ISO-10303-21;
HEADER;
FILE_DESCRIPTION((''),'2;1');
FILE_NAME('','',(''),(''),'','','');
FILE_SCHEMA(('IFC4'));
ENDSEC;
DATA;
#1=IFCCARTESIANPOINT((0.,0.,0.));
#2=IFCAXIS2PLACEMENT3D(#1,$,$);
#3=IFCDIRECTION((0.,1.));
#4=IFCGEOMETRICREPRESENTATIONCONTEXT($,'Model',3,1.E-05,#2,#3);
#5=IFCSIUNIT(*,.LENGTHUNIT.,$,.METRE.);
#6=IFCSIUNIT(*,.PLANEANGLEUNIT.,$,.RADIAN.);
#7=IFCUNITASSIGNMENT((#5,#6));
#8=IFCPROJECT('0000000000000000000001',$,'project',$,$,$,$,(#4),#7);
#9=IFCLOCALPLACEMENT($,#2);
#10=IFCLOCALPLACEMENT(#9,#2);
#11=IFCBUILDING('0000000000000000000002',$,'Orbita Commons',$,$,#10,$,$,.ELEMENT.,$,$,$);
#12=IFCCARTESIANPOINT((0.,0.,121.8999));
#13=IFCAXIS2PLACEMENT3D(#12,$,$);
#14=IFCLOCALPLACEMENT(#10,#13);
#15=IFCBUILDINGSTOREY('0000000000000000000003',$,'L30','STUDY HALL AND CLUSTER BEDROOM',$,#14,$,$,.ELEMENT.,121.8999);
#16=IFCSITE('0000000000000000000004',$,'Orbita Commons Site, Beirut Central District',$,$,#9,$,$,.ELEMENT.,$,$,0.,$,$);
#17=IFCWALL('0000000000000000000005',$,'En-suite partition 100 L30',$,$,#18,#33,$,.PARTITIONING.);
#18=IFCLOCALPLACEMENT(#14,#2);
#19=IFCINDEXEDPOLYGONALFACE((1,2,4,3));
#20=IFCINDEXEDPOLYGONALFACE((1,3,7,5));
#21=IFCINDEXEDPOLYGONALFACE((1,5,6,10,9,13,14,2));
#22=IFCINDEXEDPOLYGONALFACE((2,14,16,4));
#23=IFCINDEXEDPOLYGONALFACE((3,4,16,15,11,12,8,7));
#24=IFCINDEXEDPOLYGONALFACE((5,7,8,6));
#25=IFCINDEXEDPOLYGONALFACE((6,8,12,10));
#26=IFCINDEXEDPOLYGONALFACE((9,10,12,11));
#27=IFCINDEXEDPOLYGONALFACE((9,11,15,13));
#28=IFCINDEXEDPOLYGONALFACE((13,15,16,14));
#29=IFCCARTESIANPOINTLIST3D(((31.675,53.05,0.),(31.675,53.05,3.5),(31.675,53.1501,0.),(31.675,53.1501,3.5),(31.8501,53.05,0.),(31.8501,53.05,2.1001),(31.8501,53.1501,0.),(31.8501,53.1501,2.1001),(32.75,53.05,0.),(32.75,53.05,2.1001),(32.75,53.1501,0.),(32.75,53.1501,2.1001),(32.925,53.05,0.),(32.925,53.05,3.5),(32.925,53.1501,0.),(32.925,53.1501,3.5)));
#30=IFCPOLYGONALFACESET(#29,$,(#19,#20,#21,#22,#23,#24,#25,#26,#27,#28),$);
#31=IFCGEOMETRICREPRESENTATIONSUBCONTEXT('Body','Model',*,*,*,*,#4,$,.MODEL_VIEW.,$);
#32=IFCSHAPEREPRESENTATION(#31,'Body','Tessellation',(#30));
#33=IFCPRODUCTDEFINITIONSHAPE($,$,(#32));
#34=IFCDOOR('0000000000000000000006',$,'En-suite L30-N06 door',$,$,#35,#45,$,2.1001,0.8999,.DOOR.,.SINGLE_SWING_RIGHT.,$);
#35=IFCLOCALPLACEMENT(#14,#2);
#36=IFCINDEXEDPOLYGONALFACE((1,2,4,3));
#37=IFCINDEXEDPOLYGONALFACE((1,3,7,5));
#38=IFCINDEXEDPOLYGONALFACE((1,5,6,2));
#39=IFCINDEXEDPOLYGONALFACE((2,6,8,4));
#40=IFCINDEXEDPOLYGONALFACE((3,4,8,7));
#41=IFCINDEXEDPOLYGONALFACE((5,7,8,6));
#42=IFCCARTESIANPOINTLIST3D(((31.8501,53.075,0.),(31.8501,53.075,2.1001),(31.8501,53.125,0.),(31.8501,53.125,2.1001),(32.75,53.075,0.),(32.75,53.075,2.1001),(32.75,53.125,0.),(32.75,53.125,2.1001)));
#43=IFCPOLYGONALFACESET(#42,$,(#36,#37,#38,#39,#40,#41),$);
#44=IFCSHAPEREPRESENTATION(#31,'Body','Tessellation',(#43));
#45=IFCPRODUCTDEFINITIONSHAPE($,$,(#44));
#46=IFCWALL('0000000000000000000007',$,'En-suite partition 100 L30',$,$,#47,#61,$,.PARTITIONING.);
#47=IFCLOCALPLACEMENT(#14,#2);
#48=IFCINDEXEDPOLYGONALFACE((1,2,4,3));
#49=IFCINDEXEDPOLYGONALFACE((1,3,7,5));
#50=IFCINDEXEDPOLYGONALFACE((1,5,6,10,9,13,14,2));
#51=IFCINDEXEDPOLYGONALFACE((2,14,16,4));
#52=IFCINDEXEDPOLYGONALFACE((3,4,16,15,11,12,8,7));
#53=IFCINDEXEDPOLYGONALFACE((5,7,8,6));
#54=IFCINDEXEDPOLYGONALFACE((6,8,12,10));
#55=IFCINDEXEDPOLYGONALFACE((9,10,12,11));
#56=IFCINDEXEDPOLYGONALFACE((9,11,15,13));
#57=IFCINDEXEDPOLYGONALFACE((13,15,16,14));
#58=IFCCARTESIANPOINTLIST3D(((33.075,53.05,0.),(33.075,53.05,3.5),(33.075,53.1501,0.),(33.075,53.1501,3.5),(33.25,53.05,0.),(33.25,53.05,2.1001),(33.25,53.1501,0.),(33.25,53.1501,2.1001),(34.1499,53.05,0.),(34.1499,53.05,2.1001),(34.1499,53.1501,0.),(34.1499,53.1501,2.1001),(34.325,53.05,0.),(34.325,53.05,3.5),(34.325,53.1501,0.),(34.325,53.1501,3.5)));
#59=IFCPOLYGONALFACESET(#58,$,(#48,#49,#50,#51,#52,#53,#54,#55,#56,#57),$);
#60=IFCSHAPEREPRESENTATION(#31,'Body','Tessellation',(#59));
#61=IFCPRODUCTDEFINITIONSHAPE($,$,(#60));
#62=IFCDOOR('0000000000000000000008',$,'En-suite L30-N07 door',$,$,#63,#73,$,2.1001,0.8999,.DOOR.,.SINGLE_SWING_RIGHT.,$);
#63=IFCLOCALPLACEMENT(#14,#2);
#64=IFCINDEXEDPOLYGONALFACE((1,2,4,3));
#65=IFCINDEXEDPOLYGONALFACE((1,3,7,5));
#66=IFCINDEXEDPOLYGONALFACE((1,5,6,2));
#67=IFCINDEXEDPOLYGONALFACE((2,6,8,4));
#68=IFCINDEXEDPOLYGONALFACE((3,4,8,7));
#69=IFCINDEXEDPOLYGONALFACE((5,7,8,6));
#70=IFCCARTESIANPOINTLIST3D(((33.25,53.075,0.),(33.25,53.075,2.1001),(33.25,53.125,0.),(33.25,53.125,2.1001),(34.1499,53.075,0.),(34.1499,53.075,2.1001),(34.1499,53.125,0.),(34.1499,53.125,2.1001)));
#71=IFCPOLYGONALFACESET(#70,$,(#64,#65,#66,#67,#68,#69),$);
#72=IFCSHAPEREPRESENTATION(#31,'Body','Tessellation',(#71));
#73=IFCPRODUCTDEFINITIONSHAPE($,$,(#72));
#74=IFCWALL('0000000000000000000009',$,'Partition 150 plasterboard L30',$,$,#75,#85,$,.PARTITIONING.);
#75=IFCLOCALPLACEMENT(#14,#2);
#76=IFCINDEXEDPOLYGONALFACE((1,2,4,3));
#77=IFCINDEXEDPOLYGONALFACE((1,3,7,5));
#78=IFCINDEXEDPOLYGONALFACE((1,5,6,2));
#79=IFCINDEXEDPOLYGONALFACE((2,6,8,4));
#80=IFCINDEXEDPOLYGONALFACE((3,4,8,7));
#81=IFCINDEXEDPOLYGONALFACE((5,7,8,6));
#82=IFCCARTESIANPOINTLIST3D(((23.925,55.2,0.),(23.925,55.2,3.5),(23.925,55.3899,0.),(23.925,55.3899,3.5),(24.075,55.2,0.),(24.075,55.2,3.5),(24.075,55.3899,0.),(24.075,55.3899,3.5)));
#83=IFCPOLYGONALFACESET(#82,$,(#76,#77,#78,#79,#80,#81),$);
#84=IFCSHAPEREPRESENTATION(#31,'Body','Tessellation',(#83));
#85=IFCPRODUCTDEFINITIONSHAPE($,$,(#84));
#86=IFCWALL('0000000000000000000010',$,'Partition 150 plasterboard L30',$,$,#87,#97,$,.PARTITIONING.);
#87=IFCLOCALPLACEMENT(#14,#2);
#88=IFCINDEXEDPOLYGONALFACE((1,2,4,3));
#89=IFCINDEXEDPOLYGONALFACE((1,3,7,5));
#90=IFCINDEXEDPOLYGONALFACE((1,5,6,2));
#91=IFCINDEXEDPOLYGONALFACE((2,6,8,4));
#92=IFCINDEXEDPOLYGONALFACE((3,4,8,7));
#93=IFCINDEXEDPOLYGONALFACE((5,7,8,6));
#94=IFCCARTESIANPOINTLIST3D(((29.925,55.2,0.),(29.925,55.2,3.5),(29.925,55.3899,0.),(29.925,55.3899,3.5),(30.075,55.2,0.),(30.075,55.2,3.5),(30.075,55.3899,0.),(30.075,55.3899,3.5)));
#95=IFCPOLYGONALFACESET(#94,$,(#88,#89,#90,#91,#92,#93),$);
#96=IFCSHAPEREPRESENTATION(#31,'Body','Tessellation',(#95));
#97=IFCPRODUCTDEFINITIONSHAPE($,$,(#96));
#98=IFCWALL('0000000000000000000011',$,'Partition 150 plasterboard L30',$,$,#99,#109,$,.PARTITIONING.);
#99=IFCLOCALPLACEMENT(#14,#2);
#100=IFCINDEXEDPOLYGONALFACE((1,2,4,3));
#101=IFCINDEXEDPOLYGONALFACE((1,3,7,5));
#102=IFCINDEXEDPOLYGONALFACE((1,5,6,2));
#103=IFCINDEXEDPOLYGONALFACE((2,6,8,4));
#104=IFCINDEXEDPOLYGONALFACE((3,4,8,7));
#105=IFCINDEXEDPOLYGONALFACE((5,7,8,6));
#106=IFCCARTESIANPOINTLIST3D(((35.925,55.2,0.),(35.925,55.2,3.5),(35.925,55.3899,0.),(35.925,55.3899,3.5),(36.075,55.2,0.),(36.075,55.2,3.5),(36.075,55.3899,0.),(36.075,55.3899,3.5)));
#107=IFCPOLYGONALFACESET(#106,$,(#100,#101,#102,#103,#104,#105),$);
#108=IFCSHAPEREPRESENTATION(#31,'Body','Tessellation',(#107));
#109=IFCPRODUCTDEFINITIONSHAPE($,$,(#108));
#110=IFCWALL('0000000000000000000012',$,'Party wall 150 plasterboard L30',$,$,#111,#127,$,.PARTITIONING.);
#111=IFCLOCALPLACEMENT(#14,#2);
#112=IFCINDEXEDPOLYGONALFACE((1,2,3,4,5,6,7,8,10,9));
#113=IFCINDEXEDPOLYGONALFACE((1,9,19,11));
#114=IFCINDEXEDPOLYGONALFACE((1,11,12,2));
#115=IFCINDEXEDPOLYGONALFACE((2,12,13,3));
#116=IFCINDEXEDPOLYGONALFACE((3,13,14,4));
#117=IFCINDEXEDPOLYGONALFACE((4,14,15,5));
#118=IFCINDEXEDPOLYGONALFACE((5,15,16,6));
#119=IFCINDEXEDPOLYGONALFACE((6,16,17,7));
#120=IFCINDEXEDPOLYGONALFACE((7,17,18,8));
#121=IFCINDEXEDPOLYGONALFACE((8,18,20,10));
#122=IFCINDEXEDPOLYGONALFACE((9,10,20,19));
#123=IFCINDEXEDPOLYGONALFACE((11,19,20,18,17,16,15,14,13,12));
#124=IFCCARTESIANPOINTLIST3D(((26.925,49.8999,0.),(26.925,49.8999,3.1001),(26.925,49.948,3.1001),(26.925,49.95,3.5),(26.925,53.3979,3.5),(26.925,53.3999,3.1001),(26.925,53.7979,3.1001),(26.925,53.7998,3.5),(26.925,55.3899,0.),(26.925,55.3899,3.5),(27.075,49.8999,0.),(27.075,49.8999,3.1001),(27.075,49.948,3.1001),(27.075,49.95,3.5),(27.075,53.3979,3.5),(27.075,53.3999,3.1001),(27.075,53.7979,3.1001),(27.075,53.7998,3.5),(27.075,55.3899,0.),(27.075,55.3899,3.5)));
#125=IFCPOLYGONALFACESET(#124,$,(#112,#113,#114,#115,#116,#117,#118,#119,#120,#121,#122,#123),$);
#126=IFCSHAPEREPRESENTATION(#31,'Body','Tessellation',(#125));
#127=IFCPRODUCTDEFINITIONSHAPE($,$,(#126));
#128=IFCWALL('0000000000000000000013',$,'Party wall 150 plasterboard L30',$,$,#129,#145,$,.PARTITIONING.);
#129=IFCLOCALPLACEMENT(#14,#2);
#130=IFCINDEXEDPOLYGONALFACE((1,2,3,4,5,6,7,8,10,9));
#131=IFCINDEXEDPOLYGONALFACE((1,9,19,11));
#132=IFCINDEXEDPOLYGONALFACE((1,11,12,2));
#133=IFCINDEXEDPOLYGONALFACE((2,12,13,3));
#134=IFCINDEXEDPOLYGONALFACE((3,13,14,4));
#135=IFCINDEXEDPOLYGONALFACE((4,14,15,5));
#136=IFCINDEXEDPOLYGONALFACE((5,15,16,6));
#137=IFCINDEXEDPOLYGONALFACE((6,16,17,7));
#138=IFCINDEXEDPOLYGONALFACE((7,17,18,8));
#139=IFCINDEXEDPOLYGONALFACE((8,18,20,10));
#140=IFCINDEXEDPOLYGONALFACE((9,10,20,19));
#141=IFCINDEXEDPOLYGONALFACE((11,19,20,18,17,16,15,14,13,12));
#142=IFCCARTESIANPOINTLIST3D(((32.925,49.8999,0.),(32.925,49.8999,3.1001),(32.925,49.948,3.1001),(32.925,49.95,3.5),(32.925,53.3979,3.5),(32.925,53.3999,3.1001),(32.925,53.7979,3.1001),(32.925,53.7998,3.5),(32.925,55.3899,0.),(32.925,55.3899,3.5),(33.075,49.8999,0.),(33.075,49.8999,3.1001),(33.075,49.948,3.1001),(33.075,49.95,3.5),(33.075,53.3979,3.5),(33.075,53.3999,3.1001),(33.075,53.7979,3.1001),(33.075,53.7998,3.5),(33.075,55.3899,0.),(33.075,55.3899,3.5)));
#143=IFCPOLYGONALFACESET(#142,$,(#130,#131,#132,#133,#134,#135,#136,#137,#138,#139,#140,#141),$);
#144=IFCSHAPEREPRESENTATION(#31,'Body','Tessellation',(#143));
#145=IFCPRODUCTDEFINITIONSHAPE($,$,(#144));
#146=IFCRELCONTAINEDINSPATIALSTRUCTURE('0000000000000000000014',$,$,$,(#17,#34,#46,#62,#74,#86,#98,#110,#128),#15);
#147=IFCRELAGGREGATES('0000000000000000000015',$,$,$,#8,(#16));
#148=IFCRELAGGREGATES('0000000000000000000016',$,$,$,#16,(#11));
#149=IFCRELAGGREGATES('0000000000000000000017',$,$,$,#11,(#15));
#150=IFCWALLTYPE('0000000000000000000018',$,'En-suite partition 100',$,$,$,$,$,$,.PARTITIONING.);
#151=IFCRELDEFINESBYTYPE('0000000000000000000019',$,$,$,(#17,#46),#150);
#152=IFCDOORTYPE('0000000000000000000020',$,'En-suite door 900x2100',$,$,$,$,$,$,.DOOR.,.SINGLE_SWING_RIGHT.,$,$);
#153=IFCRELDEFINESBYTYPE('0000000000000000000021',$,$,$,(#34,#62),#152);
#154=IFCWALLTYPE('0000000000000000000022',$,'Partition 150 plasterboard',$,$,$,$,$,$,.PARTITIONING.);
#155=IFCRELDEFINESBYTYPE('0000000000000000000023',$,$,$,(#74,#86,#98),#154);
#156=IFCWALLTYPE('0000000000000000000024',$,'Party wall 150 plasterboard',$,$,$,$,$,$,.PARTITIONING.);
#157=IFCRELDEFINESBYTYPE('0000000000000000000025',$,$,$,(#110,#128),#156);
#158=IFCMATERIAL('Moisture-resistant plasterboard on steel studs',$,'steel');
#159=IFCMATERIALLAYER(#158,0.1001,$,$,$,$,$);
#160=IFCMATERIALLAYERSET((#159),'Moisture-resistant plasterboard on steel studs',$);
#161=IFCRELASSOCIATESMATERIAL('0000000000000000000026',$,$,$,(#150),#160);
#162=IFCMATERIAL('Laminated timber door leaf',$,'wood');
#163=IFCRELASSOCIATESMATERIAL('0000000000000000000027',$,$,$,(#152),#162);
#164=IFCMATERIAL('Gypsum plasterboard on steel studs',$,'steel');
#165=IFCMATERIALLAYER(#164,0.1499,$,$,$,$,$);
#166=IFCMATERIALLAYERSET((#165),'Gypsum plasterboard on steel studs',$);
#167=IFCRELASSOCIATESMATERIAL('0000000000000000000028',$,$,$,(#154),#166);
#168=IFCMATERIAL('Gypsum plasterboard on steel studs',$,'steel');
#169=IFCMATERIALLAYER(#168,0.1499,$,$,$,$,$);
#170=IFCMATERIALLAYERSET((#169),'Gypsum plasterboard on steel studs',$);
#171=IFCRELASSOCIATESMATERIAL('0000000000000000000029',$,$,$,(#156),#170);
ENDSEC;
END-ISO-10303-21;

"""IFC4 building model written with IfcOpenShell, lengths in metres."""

from ifc_helpers import new_model, si_unit, direction, frame, frame_2d, origin, place, context, subcontext, project, spatial, polyline, rectangle, outline, extrude, material, layer, layer_set, type_object, element, fill, save


model = new_model("IFC4")

# Units and contexts
model_context = context("Model", 3, precision=1e-05, world=origin(), true_north=direction((0.0, 1.0)))
body_context = subcontext(model_context, "Body", "Model", "MODEL_VIEW")
ifc_project = project(units=[si_unit("LENGTHUNIT", "METRE"), si_unit("PLANEANGLEUNIT", "RADIAN")], contexts=[model_context])

# Site, building, storey
site_placement = place(None, origin())
site = spatial("IfcSite", under=ifc_project, at=site_placement, Name="Orbita Commons Site, Beirut Central District", CompositionType="ELEMENT", RefElevation=0.0)
building_placement = place(site_placement, origin())
building = spatial("IfcBuilding", under=site, at=building_placement, Name="Orbita Commons", CompositionType="ELEMENT")
storey_placement = place(building_placement, frame((0.0, 0.0, 121.8999)))
storey = spatial("IfcBuildingStorey", under=building, at=storey_placement, Name="L30", Description="STUDY HALL AND CLUSTER BEDROOM", CompositionType="ELEMENT", Elevation=121.8999)

# Walls, openings, doors
ifc_material_1 = material(Name="Moisture-resistant plasterboard on steel studs", Category="steel")
ifc_layer_1 = layer(ifc_material_1, 0.1001)
ifc_layer_set_1 = layer_set([ifc_layer_1], Name="Moisture-resistant plasterboard on steel studs")
wall_type_1 = type_object("IfcWallType", Name="En-suite partition 100", PredefinedType="PARTITIONING", material=ifc_layer_set_1)
wall_1_placement = place(storey_placement, frame((31.675, 53.1001, 0.0), z_axis=(0.0, 0.0, 1.0), x_axis=(1.0, 0.0, 0.0)))
wall_1 = element("IfcWall", 1, at=wall_1_placement, inside=storey, type_object=wall_type_1, Name="En-suite partition 100 L30", PredefinedType="PARTITIONING", context=body_context, shape_type="SweptSolid", body=[
    extrude(rectangle(XDim=1.25, YDim=0.1001, at=frame_2d((0.625, 0.0))), origin(), (0.0, 0.0, 1.0), 3.5),
])
opening_1_placement = place(wall_1_placement, frame((0.175, 0.0, 0.0)))
opening_1 = element("IfcOpeningElement", 2, at=opening_1_placement, cuts=wall_1, PredefinedType="OPENING", context=body_context, shape_type="SweptSolid", body=[
    extrude(rectangle(XDim=0.8999, YDim=2.1001, at=frame_2d((0.45, 1.05))), frame((0.0, 0.0601, 0.0), z_axis=(0.0, -1.0, 0.0), x_axis=(1.0, 0.0, 0.0)), (0.0, 0.0, 1.0), 0.1201),
])
ifc_material_2 = material(Name="Laminated timber door leaf", Category="wood")
door_type = type_object("IfcDoorType", Name="En-suite door 900x2100", OperationType="SINGLE_SWING_RIGHT", PredefinedType="DOOR", material=ifc_material_2)
door_1_placement = place(opening_1_placement, origin())
door_1 = element("IfcDoor", 3, at=door_1_placement, inside=storey, type_object=door_type, Name="En-suite L30-N06 door", OperationType="SINGLE_SWING_RIGHT", OverallHeight=2.1001, OverallWidth=0.8999, PredefinedType="DOOR", context=body_context, shape_type="SweptSolid", body=[
    extrude(rectangle(XDim=0.8999, YDim=2.1001, at=frame_2d((0.45, 1.05))), frame((0.0, 0.0249, 0.0), z_axis=(0.0, -1.0, 0.0), x_axis=(1.0, 0.0, 0.0)), (0.0, 0.0, 1.0), 0.05),
])
fill(opening_1, door_1)
wall_2_placement = place(storey_placement, frame((33.075, 53.1001, 0.0), z_axis=(0.0, 0.0, 1.0), x_axis=(1.0, 0.0, 0.0)))
wall_2 = element("IfcWall", 4, at=wall_2_placement, inside=storey, type_object=wall_type_1, Name="En-suite partition 100 L30", PredefinedType="PARTITIONING", context=body_context, shape_type="SweptSolid", body=[
    extrude(rectangle(XDim=1.25, YDim=0.1001, at=frame_2d((0.625, 0.0))), origin(), (0.0, 0.0, 1.0), 3.5),
])
opening_2_placement = place(wall_2_placement, frame((0.175, 0.0, 0.0)))
opening_2 = element("IfcOpeningElement", 5, at=opening_2_placement, cuts=wall_2, PredefinedType="OPENING", context=body_context, shape_type="SweptSolid", body=[
    extrude(rectangle(XDim=0.8999, YDim=2.1001, at=frame_2d((0.45, 1.05))), frame((0.0, 0.0601, 0.0), z_axis=(0.0, -1.0, 0.0), x_axis=(1.0, 0.0, 0.0)), (0.0, 0.0, 1.0), 0.1201),
])
door_2_placement = place(opening_2_placement, origin())
door_2 = element("IfcDoor", 6, at=door_2_placement, inside=storey, type_object=door_type, Name="En-suite L30-N07 door", OperationType="SINGLE_SWING_RIGHT", OverallHeight=2.1001, OverallWidth=0.8999, PredefinedType="DOOR", context=body_context, shape_type="SweptSolid", body=[
    extrude(rectangle(XDim=0.8999, YDim=2.1001, at=frame_2d((0.45, 1.05))), frame((0.0, 0.0249, 0.0), z_axis=(0.0, -1.0, 0.0), x_axis=(1.0, 0.0, 0.0)), (0.0, 0.0, 1.0), 0.05),
])
fill(opening_2, door_2)

# Walls
ifc_material_3 = material(Name="Gypsum plasterboard on steel studs", Category="steel")
ifc_layer_2 = layer(ifc_material_3, 0.1499)
ifc_layer_set_2 = layer_set([ifc_layer_2], Name="Gypsum plasterboard on steel studs")
wall_type_2 = type_object("IfcWallType", Name="Partition 150 plasterboard", PredefinedType="PARTITIONING", material=ifc_layer_set_2)
for number, where, z_axis, x_axis, name in (
    (7, (24.0, 55.2, 0.0), (0.0, 0.0, 1.0), (0.0, 1.0, 0.0), "Partition 150 plasterboard L30"),
    (8, (30.0, 55.2, 0.0), (0.0, 0.0, 1.0), (0.0, 1.0, 0.0), "Partition 150 plasterboard L30"),
    (9, (36.0, 55.2, 0.0), (0.0, 0.0, 1.0), (0.0, 1.0, 0.0), "Partition 150 plasterboard L30"),
):
    element("IfcWall", number, at=place(storey_placement, frame(where, z_axis=z_axis, x_axis=x_axis)), inside=storey, type_object=wall_type_2, Name=name, PredefinedType="PARTITIONING", context=body_context, shape_type="SweptSolid", body=[
        extrude(rectangle(XDim=0.1899, YDim=0.1499, at=frame_2d((0.095, 0.0))), origin(), (0.0, 0.0, 1.0), 3.5),
    ])
ifc_material_4 = material(Name="Gypsum plasterboard on steel studs", Category="steel")
ifc_layer_3 = layer(ifc_material_4, 0.1499)
ifc_layer_set_3 = layer_set([ifc_layer_3], Name="Gypsum plasterboard on steel studs")
wall_type_3 = type_object("IfcWallType", Name="Party wall 150 plasterboard", PredefinedType="PARTITIONING", material=ifc_layer_set_3)
for number, where, z_axis, x_axis, name in (
    (10, (27.0, 55.3899, 0.0), (0.0, 0.0, 1.0), (0.0, -1.0, 0.0), "Party wall 150 plasterboard L30"),
    (11, (33.0, 55.3899, 0.0), (0.0, 0.0, 1.0), (0.0, -1.0, 0.0), "Party wall 150 plasterboard L30"),
):
    element("IfcWall", number, at=place(storey_placement, frame(where, z_axis=z_axis, x_axis=x_axis)), inside=storey, type_object=wall_type_3, Name=name, PredefinedType="PARTITIONING", context=body_context, shape_type="SweptSolid", body=[
        extrude(outline(polyline([(0.0, 0.0), (5.49, 0.0), (5.49, 3.1001), (5.4419, 3.1001), (5.4399, 3.5), (1.9919, 3.5), (1.99, 3.1001), (1.592, 3.1001), (1.5901, 3.5), (0.0, 3.5), (0.0, 0.0)])), frame((0.0, 0.075, 0.0), z_axis=(0.0, -1.0, 0.0), x_axis=(1.0, 0.0, 0.0)), (0.0, 0.0, 1.0), 0.1499),
    ])

save(model, "model.ifc")
